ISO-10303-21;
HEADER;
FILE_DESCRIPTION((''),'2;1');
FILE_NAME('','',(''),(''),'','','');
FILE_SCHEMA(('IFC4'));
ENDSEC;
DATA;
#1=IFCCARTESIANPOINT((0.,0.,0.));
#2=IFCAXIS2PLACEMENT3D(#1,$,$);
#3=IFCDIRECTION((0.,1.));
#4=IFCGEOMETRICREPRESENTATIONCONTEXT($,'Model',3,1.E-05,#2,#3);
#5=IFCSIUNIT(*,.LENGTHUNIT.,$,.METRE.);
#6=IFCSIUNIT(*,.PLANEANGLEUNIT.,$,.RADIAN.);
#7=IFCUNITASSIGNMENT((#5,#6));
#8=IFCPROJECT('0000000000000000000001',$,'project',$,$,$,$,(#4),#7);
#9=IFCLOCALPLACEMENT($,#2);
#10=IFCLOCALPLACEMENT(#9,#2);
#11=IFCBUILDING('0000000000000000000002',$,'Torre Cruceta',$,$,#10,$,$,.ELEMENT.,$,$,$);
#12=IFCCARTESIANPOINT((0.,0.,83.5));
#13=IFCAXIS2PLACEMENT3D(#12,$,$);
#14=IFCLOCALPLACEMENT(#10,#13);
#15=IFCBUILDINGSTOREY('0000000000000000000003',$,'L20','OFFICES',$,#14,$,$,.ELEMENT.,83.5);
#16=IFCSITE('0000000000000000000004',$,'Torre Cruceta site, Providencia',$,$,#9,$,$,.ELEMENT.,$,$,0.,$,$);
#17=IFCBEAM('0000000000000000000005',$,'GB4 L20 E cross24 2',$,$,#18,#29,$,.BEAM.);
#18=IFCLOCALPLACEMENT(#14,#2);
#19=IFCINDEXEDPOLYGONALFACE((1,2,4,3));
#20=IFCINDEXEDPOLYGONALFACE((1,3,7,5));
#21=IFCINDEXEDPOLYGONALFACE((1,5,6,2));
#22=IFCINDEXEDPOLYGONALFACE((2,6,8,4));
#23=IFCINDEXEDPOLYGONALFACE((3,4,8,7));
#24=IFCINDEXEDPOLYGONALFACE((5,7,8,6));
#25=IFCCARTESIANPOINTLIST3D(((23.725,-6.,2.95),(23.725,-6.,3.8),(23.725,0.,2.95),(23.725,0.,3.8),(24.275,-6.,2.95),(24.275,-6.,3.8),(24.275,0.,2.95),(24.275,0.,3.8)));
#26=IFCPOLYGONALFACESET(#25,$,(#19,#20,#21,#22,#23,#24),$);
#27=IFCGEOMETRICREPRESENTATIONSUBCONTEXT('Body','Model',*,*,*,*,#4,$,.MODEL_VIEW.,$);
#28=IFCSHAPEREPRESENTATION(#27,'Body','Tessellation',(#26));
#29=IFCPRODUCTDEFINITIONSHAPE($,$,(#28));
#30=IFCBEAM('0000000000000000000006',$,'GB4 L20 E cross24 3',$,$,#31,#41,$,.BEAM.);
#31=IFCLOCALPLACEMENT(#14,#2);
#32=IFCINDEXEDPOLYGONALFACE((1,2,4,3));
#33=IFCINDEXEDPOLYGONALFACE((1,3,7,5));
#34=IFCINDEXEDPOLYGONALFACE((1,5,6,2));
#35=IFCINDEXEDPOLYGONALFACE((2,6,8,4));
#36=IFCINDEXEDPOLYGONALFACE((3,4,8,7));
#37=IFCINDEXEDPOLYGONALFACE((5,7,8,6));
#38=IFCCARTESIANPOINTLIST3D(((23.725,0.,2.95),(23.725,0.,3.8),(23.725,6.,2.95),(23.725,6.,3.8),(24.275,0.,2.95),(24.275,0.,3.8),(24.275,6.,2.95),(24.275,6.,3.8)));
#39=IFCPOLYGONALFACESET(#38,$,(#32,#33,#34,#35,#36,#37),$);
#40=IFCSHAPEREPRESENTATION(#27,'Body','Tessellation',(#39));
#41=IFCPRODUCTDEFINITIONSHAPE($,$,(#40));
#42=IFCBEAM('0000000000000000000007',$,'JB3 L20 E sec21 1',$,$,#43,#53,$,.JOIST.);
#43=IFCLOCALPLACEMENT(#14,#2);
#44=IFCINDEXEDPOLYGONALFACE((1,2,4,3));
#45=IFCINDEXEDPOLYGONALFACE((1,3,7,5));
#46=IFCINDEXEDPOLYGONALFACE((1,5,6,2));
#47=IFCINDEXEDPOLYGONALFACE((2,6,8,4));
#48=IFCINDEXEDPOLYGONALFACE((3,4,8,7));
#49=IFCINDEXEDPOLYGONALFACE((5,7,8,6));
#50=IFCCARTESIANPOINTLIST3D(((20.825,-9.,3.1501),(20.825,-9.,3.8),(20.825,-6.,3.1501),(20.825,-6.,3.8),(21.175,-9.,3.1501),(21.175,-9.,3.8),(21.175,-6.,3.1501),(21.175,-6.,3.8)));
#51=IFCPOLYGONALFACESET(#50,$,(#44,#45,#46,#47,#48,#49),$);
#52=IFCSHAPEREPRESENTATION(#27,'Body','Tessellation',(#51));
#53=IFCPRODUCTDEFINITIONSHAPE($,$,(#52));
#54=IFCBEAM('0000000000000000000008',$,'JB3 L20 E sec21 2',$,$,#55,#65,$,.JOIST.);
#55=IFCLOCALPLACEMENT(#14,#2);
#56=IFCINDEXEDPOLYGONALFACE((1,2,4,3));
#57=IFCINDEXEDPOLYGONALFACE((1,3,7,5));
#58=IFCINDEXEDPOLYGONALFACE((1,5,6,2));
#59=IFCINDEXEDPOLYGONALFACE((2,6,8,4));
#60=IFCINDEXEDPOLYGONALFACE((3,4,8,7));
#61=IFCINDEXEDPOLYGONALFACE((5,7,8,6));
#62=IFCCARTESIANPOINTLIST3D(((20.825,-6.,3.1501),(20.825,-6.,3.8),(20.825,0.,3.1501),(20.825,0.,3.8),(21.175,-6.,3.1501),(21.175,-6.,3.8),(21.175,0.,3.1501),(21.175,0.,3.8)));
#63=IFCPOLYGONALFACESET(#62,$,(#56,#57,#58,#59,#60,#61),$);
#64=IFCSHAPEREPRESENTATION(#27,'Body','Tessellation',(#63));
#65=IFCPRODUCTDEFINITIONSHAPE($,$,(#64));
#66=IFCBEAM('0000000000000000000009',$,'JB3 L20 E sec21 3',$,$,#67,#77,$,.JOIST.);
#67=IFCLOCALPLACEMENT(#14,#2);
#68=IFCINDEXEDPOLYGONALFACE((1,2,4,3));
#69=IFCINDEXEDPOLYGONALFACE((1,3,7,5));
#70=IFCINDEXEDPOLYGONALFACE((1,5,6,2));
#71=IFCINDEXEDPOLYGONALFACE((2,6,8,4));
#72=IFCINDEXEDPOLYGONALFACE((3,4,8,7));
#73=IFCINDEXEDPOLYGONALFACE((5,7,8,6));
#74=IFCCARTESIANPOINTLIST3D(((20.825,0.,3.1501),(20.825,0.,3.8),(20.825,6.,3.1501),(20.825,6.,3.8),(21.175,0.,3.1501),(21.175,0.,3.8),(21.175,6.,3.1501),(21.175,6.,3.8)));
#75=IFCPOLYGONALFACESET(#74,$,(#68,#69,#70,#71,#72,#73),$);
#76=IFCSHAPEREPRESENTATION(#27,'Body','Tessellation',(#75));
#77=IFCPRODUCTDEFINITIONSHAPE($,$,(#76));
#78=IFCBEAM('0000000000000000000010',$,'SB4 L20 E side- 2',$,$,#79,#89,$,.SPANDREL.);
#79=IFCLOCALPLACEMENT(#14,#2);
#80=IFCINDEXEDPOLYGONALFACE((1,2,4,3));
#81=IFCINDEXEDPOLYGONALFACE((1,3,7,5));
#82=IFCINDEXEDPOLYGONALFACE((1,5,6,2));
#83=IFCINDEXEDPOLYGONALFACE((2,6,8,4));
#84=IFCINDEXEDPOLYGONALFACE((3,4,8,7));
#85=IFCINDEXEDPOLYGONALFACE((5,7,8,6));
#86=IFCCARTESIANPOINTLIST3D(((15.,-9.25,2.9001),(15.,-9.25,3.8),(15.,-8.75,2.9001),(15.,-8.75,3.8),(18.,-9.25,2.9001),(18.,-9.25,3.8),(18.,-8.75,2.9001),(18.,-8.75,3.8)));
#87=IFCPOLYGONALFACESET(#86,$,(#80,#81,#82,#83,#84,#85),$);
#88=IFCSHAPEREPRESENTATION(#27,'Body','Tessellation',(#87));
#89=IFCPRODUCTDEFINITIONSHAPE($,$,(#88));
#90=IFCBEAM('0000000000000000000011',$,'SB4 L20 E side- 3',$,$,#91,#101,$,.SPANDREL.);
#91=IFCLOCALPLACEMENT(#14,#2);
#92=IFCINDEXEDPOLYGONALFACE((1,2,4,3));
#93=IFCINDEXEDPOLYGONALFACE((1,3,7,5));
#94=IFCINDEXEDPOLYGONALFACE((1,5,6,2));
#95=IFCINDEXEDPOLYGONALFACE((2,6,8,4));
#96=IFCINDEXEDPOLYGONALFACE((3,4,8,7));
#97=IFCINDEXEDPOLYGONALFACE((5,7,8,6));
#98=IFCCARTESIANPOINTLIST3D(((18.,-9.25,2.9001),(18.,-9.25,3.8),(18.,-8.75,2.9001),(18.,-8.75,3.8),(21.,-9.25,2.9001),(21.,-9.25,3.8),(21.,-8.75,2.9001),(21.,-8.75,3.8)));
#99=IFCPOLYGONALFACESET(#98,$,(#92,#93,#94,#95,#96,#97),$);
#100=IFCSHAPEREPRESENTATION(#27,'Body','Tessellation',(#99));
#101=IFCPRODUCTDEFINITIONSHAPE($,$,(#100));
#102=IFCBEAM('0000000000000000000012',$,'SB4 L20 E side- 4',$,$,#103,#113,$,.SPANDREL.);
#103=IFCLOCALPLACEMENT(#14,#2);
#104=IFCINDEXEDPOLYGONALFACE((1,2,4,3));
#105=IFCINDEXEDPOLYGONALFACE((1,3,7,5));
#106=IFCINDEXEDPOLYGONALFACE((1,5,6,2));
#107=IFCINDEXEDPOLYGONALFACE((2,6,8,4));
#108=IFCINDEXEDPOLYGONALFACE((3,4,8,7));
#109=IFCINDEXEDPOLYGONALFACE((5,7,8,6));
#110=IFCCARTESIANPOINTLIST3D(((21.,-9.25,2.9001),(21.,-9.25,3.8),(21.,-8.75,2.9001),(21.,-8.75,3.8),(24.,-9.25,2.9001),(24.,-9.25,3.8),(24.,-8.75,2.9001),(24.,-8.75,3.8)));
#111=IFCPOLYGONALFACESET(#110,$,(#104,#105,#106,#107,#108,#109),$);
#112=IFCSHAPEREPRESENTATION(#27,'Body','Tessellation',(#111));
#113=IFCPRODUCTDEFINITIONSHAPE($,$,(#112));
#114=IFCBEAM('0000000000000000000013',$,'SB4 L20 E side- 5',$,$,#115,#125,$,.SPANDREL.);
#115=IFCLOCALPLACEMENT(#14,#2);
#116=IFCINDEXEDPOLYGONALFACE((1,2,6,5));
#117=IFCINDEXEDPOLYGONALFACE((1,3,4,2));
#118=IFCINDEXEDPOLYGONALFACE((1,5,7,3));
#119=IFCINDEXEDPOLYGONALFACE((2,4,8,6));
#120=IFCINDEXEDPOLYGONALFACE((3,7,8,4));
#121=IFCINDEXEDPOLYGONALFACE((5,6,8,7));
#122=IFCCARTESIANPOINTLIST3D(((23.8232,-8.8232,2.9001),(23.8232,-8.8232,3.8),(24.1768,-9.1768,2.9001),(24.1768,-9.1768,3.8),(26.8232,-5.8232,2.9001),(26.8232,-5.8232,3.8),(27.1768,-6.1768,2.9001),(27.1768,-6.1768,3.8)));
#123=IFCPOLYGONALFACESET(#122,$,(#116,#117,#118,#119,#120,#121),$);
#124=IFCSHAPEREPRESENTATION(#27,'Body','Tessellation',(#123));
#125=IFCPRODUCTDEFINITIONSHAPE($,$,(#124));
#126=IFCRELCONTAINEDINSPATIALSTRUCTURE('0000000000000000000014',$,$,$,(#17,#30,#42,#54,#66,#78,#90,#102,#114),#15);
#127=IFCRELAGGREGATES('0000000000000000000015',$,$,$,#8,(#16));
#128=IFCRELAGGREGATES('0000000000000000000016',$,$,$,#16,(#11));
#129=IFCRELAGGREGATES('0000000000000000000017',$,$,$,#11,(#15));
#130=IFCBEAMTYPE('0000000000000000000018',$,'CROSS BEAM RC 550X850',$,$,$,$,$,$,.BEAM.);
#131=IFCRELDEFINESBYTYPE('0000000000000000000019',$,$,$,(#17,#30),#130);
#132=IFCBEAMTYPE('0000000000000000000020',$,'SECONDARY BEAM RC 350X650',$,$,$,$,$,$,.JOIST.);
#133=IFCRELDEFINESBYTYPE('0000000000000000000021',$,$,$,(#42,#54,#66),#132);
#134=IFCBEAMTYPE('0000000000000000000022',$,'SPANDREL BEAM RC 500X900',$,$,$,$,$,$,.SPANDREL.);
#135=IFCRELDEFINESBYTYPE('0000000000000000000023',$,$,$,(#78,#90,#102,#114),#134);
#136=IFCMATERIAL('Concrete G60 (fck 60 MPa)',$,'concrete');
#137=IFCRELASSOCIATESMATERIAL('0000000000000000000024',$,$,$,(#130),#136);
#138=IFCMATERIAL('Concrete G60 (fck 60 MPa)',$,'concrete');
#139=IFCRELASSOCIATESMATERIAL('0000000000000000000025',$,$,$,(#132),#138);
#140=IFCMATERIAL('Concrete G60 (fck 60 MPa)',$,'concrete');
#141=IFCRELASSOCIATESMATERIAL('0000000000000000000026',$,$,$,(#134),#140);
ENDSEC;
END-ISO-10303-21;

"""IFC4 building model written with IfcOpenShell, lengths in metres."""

from ifc_helpers import new_model, si_unit, direction, frame, origin, origin_2d, place, context, subcontext, project, spatial, rectangle, extrude, material, material_profile, profile_set, type_object, element, save


model = new_model("IFC4")

# Units and contexts
model_context = context("Model", 3, precision=1e-05, world=origin(), true_north=direction((0.0, 1.0)))
body_context = subcontext(model_context, "Body", "Model", "MODEL_VIEW")
ifc_project = project(units=[si_unit("LENGTHUNIT", "METRE"), si_unit("PLANEANGLEUNIT", "RADIAN")], contexts=[model_context])

# Site, building, storey
site_placement = place(None, origin())
site = spatial("IfcSite", under=ifc_project, at=site_placement, Name="Torre Cruceta site, Providencia", CompositionType="ELEMENT", RefElevation=0.0)
building_placement = place(site_placement, origin())
building = spatial("IfcBuilding", under=site, at=building_placement, Name="Torre Cruceta", CompositionType="ELEMENT")
storey_placement = place(building_placement, frame((0.0, 0.0, 83.5)))
storey = spatial("IfcBuildingStorey", under=building, at=storey_placement, Name="L20", Description="OFFICES", CompositionType="ELEMENT", Elevation=83.5)

# Beams
ifc_material_1 = material(Name="Concrete G60 (fck 60 MPa)", Category="concrete")
ifc_material_profile_1 = material_profile(ifc_material_1, rectangle(XDim=0.55, YDim=0.8501, at=origin_2d()), Name="RC 550X850")
ifc_profile_set_1 = profile_set([ifc_material_profile_1], Name="Concrete G60 (fck 60 MPa)")
beam_type_1 = type_object("IfcBeamType", Name="CROSS BEAM RC 550X850", PredefinedType="BEAM", material=ifc_profile_set_1)
for number, where, z_axis, x_axis, name in (
    (1, (24.0, -6.0, 3.375), (0.0, 1.0, 0.0), (-1.0, 0.0, 0.0), "GB4 L20 E cross24 2"),
    (2, (24.0, 0.0, 3.375), (0.0, 1.0, 0.0), (-1.0, 0.0, 0.0), "GB4 L20 E cross24 3"),
):
    element("IfcBeam", number, at=place(storey_placement, frame(where, z_axis=z_axis, x_axis=x_axis)), inside=storey, type_object=beam_type_1, Name=name, PredefinedType="BEAM", context=body_context, shape_type="SweptSolid", body=[
        extrude(rectangle(XDim=0.55, YDim=0.8501, at=origin_2d()), origin(), (0.0, 0.0, 1.0), 6.0),
    ])
ifc_material_2 = material(Name="Concrete G60 (fck 60 MPa)", Category="concrete")
ifc_material_profile_2 = material_profile(ifc_material_2, rectangle(XDim=0.3501, YDim=0.6499, at=origin_2d()), Name="RC 350X650")
ifc_profile_set_2 = profile_set([ifc_material_profile_2], Name="Concrete G60 (fck 60 MPa)")
beam_type_2 = type_object("IfcBeamType", Name="SECONDARY BEAM RC 350X650", PredefinedType="JOIST", material=ifc_profile_set_2)
beam_1_placement = place(storey_placement, frame((21.0, -9.0, 3.4751), z_axis=(0.0, 1.0, 0.0), x_axis=(-1.0, 0.0, 0.0)))
element("IfcBeam", 3, at=beam_1_placement, inside=storey, type_object=beam_type_2, Name="JB3 L20 E sec21 1", PredefinedType="JOIST", context=body_context, shape_type="SweptSolid", body=[
    extrude(rectangle(XDim=0.3501, YDim=0.6499, at=origin_2d()), origin(), (0.0, 0.0, 1.0), 3.0),
])
for number, where, z_axis, x_axis, name in (
    (4, (21.0, -6.0, 3.4751), (0.0, 1.0, 0.0), (-1.0, 0.0, 0.0), "JB3 L20 E sec21 2"),
    (5, (21.0, 0.0, 3.4751), (0.0, 1.0, 0.0), (-1.0, 0.0, 0.0), "JB3 L20 E sec21 3"),
):
    element("IfcBeam", number, at=place(storey_placement, frame(where, z_axis=z_axis, x_axis=x_axis)), inside=storey, type_object=beam_type_2, Name=name, PredefinedType="JOIST", context=body_context, shape_type="SweptSolid", body=[
        extrude(rectangle(XDim=0.3501, YDim=0.6499, at=origin_2d()), origin(), (0.0, 0.0, 1.0), 6.0),
    ])
ifc_material_3 = material(Name="Concrete G60 (fck 60 MPa)", Category="concrete")
ifc_material_profile_3 = material_profile(ifc_material_3, rectangle(XDim=0.5, YDim=0.8999, at=origin_2d()), Name="RC 500X900")
ifc_profile_set_3 = profile_set([ifc_material_profile_3], Name="Concrete G60 (fck 60 MPa)")
beam_type_3 = type_object("IfcBeamType", Name="SPANDREL BEAM RC 500X900", PredefinedType="SPANDREL", material=ifc_profile_set_3)
for number, where, z_axis, x_axis, name in (
    (6, (15.0, -9.0, 3.3501), (1.0, 0.0, 0.0), (0.0, 1.0, 0.0), "SB4 L20 E side- 2"),
    (7, (18.0, -9.0, 3.3501), (1.0, 0.0, 0.0), (0.0, 1.0, 0.0), "SB4 L20 E side- 3"),
    (8, (21.0, -9.0, 3.3501), (1.0, 0.0, 0.0), (0.0, 1.0, 0.0), "SB4 L20 E side- 4"),
):
    element("IfcBeam", number, at=place(storey_placement, frame(where, z_axis=z_axis, x_axis=x_axis)), inside=storey, type_object=beam_type_3, Name=name, PredefinedType="SPANDREL", context=body_context, shape_type="SweptSolid", body=[
        extrude(rectangle(XDim=0.5, YDim=0.8999, at=origin_2d()), origin(), (0.0, 0.0, 1.0), 3.0),
    ])
beam_2_placement = place(storey_placement, frame((24.0, -9.0, 3.3501), z_axis=(0.707107, 0.707107, 0.0), x_axis=(-0.707107, 0.707107, 0.0)))
element("IfcBeam", 9, at=beam_2_placement, inside=storey, type_object=beam_type_3, Name="SB4 L20 E side- 5", PredefinedType="SPANDREL", context=body_context, shape_type="SweptSolid", body=[
    extrude(rectangle(XDim=0.5, YDim=0.8999, at=origin_2d()), origin(), (0.0, 0.0, 1.0), 4.2427),
])

save(model, "model.ifc")
